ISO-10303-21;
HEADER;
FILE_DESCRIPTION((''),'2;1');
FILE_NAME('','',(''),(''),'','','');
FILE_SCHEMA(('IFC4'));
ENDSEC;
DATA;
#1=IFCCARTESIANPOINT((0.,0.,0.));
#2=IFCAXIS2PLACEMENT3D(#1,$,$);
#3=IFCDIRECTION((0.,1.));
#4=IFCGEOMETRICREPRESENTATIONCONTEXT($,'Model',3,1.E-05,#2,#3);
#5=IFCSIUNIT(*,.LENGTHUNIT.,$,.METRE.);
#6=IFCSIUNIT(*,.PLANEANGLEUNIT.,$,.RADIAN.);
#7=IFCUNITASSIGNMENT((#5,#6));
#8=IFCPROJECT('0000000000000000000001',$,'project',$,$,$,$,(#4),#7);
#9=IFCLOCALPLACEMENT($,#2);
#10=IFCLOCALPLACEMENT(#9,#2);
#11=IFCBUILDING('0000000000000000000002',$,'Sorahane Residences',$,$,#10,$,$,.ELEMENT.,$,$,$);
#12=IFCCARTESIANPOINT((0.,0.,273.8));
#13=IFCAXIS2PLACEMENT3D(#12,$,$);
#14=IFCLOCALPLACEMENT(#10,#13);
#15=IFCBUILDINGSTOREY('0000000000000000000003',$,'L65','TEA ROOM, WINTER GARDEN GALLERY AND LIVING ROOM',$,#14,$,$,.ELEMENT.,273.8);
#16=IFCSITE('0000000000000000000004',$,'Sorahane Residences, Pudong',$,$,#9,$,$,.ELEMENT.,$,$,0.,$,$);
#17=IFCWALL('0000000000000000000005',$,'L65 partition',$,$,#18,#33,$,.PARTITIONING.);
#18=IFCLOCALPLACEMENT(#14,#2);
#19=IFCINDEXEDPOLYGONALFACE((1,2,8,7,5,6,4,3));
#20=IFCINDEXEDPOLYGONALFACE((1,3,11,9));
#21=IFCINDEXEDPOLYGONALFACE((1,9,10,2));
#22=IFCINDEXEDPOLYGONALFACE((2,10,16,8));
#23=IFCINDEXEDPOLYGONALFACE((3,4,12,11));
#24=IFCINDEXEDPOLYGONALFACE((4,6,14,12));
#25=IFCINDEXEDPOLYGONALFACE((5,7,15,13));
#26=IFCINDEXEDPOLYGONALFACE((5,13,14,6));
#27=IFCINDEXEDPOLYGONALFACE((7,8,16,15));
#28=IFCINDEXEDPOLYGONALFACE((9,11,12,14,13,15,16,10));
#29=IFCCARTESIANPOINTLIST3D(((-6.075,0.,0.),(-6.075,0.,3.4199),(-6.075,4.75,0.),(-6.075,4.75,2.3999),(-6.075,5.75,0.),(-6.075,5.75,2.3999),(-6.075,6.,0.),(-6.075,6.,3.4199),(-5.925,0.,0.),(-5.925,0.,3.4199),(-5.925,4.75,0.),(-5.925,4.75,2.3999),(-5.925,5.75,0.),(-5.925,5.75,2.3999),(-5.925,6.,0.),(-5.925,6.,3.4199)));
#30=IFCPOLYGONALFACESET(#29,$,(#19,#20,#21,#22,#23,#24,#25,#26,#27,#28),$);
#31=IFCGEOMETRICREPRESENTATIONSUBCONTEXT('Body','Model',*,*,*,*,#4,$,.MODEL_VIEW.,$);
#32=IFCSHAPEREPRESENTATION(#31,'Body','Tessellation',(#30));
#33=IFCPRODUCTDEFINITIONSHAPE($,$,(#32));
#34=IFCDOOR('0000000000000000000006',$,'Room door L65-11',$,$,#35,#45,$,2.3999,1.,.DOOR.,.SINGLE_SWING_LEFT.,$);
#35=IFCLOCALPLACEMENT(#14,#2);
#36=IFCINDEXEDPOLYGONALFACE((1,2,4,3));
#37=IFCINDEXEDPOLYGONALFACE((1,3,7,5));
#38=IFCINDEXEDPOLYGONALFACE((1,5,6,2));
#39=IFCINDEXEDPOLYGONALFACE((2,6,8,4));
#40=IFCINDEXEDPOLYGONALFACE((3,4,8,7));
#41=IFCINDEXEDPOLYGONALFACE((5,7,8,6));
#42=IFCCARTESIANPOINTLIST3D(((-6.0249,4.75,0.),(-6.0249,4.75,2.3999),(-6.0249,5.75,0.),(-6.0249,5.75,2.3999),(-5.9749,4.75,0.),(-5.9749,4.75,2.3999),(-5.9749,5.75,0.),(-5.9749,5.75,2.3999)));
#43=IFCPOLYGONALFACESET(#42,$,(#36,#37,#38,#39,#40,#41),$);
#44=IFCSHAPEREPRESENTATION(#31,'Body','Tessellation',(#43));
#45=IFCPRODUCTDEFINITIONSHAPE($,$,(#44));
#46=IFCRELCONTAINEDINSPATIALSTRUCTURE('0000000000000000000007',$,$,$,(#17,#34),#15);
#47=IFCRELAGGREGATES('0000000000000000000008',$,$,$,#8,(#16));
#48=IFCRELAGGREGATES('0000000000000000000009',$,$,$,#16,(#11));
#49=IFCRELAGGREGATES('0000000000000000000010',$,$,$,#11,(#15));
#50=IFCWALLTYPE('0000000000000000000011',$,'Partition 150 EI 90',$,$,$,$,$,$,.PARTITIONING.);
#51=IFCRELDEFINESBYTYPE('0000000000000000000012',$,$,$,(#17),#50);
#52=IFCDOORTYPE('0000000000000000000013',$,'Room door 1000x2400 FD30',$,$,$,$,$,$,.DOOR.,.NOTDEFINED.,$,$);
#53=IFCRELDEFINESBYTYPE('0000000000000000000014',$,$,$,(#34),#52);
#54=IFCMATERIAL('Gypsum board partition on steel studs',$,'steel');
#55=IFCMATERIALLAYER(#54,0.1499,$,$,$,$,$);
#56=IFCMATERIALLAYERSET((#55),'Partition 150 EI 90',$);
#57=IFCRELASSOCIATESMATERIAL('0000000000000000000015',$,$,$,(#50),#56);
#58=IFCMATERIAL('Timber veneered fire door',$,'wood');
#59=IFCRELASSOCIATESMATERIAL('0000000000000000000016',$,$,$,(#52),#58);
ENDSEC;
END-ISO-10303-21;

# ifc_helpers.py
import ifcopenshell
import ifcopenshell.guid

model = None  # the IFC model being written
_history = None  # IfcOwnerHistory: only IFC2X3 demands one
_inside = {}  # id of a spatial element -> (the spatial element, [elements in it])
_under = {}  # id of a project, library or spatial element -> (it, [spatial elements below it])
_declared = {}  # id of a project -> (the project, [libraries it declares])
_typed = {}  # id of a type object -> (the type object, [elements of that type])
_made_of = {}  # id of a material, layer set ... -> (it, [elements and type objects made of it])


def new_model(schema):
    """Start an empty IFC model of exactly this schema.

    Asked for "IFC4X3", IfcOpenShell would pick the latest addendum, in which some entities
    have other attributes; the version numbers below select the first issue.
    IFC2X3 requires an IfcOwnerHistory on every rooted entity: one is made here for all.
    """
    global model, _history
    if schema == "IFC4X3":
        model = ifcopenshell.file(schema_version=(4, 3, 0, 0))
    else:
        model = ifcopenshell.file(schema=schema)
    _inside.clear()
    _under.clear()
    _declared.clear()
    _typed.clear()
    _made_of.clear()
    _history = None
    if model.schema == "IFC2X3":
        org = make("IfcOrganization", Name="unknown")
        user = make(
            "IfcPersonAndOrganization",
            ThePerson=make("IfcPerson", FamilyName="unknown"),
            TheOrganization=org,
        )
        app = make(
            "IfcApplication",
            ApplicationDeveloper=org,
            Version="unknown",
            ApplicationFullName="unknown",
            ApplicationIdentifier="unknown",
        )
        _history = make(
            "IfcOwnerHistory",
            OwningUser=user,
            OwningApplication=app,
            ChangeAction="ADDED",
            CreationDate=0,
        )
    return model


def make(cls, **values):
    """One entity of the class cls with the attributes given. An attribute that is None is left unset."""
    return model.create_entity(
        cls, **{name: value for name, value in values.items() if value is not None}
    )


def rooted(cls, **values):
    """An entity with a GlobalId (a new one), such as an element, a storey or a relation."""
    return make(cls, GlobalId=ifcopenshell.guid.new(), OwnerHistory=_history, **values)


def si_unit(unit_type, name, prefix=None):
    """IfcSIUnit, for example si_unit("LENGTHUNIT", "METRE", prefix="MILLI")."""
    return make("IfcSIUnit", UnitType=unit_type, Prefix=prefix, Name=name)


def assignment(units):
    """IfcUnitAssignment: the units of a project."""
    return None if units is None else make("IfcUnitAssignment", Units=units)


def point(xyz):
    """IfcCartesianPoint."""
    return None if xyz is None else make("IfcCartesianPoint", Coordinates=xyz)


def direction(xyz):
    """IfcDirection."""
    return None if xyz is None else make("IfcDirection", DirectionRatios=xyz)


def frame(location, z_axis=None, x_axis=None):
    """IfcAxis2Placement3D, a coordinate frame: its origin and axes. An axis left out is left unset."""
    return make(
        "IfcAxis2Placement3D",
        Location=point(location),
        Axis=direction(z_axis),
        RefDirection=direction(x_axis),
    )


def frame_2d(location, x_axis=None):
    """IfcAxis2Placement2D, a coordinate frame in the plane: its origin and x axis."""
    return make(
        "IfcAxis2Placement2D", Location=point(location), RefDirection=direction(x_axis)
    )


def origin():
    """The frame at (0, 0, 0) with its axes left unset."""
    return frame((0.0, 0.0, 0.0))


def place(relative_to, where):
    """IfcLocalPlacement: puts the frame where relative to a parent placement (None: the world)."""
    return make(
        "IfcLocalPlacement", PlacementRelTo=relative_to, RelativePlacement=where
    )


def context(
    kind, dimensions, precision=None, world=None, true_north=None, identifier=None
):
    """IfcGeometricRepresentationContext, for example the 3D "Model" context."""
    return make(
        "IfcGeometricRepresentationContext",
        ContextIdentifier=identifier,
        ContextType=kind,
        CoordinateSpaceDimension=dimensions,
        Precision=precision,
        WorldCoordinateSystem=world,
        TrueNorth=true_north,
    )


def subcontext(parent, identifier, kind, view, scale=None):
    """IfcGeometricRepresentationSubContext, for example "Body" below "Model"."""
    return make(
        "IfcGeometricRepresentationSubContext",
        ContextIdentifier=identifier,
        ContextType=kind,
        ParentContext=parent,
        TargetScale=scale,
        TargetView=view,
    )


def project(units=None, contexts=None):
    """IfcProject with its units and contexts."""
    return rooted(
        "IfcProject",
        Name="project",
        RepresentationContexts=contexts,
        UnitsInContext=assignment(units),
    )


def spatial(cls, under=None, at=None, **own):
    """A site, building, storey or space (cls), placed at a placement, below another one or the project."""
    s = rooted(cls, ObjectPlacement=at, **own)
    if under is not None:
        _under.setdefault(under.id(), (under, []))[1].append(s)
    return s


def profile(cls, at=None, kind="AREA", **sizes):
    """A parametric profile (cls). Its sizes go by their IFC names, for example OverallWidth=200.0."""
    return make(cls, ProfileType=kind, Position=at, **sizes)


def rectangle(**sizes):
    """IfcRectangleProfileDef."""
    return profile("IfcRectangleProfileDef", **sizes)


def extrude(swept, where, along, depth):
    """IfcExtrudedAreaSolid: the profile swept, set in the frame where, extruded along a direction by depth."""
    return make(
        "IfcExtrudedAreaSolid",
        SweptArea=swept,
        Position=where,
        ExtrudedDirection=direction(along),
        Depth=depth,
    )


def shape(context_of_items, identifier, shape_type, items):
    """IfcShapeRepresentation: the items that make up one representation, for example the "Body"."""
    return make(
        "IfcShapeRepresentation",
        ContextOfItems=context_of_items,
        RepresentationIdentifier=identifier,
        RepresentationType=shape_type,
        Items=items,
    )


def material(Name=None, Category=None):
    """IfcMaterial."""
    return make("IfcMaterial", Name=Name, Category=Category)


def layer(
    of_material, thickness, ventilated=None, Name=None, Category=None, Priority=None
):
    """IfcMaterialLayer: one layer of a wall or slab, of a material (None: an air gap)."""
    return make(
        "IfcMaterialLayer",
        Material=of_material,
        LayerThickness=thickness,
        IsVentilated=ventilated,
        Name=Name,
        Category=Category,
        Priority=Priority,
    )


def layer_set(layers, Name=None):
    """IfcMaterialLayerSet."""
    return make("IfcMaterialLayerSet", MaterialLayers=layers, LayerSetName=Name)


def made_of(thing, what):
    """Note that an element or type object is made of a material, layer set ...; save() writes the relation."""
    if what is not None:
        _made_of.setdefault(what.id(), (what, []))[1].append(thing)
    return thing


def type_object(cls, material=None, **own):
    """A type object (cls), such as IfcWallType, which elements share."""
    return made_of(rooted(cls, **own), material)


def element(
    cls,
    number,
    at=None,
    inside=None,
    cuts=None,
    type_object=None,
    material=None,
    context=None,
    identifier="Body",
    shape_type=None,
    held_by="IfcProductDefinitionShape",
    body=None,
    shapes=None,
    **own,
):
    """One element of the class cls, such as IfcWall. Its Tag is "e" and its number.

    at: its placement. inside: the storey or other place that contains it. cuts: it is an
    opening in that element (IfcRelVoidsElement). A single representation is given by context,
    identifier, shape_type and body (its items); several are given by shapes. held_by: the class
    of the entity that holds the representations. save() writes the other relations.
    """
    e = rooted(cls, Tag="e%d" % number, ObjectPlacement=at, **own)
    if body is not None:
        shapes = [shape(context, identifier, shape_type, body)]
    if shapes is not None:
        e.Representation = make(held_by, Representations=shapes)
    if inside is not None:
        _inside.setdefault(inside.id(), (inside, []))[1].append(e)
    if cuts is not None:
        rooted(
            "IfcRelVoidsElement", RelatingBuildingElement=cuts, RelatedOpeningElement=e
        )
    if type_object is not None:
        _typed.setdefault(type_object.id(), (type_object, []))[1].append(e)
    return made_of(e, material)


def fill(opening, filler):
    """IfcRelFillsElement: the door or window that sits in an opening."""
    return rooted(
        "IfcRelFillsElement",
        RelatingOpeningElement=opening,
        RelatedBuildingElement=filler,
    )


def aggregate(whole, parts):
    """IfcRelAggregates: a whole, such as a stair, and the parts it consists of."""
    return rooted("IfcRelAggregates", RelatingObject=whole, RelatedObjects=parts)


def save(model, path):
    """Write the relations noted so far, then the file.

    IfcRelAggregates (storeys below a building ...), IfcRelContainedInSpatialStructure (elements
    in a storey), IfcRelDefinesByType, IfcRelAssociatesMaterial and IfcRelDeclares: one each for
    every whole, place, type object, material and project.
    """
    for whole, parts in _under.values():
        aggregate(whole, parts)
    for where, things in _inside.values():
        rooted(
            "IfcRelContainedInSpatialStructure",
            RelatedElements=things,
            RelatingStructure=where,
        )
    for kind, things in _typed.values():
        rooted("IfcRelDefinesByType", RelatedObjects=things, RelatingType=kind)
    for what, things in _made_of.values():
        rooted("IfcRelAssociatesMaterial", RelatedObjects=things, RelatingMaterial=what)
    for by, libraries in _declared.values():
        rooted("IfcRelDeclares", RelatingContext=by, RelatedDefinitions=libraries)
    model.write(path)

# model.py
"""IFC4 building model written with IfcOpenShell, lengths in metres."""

from ifc_helpers import new_model, si_unit, direction, frame, frame_2d, origin, place, context, subcontext, project, spatial, rectangle, extrude, material, layer, layer_set, type_object, element, fill, save


model = new_model("IFC4")

# Units and contexts
model_context = context("Model", 3, precision=1e-05, world=origin(), true_north=direction((0.0, 1.0)))
body_context = subcontext(model_context, "Body", "Model", "MODEL_VIEW")
ifc_project = project(units=[si_unit("LENGTHUNIT", "METRE"), si_unit("PLANEANGLEUNIT", "RADIAN")], contexts=[model_context])

# Site, building, storey
site_placement = place(None, origin())
site = spatial("IfcSite", under=ifc_project, at=site_placement, Name="Sorahane Residences, Pudong", CompositionType="ELEMENT", RefElevation=0.0)
building_placement = place(site_placement, origin())
building = spatial("IfcBuilding", under=site, at=building_placement, Name="Sorahane Residences", CompositionType="ELEMENT")
storey_placement = place(building_placement, frame((0.0, 0.0, 273.8)))
storey = spatial("IfcBuildingStorey", under=building, at=storey_placement, Name="L65", Description="TEA ROOM, WINTER GARDEN GALLERY AND LIVING ROOM", CompositionType="ELEMENT", Elevation=273.8)

# Wall, opening, door
ifc_material_1 = material(Name="Gypsum board partition on steel studs", Category="steel")
ifc_layer_1 = layer(ifc_material_1, 0.1499)
ifc_layer_set_1 = layer_set([ifc_layer_1], Name="Partition 150 EI 90")
wall_type = type_object("IfcWallType", Name="Partition 150 EI 90", PredefinedType="PARTITIONING", material=ifc_layer_set_1)
wall_placement = place(storey_placement, frame((-6.0, 0.0, 0.0), z_axis=(0.0, 0.0, 1.0), x_axis=(0.0, 1.0, 0.0)))
wall = element("IfcWall", 1, at=wall_placement, inside=storey, type_object=wall_type, Name="L65 partition", PredefinedType="PARTITIONING", context=body_context, shape_type="SweptSolid", body=[
    extrude(rectangle(XDim=6.0, YDim=0.1499, at=frame_2d((3.0, 0.0))), origin(), (0.0, 0.0, 1.0), 3.4199),
])
opening_placement = place(wall_placement, frame((4.75, 0.0, 0.0)))
opening = element("IfcOpeningElement", 2, at=opening_placement, cuts=wall, PredefinedType="OPENING", context=body_context, shape_type="SweptSolid", body=[
    extrude(rectangle(XDim=1.0, YDim=2.3999, at=frame_2d((0.5, 1.2))), frame((0.0, 0.085, 0.0), z_axis=(0.0, -1.0, 0.0), x_axis=(1.0, 0.0, 0.0)), (0.0, 0.0, 1.0), 0.1699),
])
ifc_material_2 = material(Name="Timber veneered fire door", Category="wood")
door_type = type_object("IfcDoorType", Name="Room door 1000x2400 FD30", OperationType="NOTDEFINED", PredefinedType="DOOR", material=ifc_material_2)
door_placement = place(opening_placement, origin())
door = element("IfcDoor", 3, at=door_placement, inside=storey, type_object=door_type, Name="Room door L65-11", OperationType="SINGLE_SWING_LEFT", OverallHeight=2.3999, OverallWidth=1.0, PredefinedType="DOOR", context=body_context, shape_type="SweptSolid", body=[
    extrude(rectangle(XDim=1.0, YDim=2.3999, at=frame_2d((0.5, 1.2))), frame((0.0, 0.0249, 0.0), z_axis=(0.0, -1.0, 0.0), x_axis=(1.0, 0.0, 0.0)), (0.0, 0.0, 1.0), 0.05),
])
fill(opening, door)

save(model, "model.ifc")
